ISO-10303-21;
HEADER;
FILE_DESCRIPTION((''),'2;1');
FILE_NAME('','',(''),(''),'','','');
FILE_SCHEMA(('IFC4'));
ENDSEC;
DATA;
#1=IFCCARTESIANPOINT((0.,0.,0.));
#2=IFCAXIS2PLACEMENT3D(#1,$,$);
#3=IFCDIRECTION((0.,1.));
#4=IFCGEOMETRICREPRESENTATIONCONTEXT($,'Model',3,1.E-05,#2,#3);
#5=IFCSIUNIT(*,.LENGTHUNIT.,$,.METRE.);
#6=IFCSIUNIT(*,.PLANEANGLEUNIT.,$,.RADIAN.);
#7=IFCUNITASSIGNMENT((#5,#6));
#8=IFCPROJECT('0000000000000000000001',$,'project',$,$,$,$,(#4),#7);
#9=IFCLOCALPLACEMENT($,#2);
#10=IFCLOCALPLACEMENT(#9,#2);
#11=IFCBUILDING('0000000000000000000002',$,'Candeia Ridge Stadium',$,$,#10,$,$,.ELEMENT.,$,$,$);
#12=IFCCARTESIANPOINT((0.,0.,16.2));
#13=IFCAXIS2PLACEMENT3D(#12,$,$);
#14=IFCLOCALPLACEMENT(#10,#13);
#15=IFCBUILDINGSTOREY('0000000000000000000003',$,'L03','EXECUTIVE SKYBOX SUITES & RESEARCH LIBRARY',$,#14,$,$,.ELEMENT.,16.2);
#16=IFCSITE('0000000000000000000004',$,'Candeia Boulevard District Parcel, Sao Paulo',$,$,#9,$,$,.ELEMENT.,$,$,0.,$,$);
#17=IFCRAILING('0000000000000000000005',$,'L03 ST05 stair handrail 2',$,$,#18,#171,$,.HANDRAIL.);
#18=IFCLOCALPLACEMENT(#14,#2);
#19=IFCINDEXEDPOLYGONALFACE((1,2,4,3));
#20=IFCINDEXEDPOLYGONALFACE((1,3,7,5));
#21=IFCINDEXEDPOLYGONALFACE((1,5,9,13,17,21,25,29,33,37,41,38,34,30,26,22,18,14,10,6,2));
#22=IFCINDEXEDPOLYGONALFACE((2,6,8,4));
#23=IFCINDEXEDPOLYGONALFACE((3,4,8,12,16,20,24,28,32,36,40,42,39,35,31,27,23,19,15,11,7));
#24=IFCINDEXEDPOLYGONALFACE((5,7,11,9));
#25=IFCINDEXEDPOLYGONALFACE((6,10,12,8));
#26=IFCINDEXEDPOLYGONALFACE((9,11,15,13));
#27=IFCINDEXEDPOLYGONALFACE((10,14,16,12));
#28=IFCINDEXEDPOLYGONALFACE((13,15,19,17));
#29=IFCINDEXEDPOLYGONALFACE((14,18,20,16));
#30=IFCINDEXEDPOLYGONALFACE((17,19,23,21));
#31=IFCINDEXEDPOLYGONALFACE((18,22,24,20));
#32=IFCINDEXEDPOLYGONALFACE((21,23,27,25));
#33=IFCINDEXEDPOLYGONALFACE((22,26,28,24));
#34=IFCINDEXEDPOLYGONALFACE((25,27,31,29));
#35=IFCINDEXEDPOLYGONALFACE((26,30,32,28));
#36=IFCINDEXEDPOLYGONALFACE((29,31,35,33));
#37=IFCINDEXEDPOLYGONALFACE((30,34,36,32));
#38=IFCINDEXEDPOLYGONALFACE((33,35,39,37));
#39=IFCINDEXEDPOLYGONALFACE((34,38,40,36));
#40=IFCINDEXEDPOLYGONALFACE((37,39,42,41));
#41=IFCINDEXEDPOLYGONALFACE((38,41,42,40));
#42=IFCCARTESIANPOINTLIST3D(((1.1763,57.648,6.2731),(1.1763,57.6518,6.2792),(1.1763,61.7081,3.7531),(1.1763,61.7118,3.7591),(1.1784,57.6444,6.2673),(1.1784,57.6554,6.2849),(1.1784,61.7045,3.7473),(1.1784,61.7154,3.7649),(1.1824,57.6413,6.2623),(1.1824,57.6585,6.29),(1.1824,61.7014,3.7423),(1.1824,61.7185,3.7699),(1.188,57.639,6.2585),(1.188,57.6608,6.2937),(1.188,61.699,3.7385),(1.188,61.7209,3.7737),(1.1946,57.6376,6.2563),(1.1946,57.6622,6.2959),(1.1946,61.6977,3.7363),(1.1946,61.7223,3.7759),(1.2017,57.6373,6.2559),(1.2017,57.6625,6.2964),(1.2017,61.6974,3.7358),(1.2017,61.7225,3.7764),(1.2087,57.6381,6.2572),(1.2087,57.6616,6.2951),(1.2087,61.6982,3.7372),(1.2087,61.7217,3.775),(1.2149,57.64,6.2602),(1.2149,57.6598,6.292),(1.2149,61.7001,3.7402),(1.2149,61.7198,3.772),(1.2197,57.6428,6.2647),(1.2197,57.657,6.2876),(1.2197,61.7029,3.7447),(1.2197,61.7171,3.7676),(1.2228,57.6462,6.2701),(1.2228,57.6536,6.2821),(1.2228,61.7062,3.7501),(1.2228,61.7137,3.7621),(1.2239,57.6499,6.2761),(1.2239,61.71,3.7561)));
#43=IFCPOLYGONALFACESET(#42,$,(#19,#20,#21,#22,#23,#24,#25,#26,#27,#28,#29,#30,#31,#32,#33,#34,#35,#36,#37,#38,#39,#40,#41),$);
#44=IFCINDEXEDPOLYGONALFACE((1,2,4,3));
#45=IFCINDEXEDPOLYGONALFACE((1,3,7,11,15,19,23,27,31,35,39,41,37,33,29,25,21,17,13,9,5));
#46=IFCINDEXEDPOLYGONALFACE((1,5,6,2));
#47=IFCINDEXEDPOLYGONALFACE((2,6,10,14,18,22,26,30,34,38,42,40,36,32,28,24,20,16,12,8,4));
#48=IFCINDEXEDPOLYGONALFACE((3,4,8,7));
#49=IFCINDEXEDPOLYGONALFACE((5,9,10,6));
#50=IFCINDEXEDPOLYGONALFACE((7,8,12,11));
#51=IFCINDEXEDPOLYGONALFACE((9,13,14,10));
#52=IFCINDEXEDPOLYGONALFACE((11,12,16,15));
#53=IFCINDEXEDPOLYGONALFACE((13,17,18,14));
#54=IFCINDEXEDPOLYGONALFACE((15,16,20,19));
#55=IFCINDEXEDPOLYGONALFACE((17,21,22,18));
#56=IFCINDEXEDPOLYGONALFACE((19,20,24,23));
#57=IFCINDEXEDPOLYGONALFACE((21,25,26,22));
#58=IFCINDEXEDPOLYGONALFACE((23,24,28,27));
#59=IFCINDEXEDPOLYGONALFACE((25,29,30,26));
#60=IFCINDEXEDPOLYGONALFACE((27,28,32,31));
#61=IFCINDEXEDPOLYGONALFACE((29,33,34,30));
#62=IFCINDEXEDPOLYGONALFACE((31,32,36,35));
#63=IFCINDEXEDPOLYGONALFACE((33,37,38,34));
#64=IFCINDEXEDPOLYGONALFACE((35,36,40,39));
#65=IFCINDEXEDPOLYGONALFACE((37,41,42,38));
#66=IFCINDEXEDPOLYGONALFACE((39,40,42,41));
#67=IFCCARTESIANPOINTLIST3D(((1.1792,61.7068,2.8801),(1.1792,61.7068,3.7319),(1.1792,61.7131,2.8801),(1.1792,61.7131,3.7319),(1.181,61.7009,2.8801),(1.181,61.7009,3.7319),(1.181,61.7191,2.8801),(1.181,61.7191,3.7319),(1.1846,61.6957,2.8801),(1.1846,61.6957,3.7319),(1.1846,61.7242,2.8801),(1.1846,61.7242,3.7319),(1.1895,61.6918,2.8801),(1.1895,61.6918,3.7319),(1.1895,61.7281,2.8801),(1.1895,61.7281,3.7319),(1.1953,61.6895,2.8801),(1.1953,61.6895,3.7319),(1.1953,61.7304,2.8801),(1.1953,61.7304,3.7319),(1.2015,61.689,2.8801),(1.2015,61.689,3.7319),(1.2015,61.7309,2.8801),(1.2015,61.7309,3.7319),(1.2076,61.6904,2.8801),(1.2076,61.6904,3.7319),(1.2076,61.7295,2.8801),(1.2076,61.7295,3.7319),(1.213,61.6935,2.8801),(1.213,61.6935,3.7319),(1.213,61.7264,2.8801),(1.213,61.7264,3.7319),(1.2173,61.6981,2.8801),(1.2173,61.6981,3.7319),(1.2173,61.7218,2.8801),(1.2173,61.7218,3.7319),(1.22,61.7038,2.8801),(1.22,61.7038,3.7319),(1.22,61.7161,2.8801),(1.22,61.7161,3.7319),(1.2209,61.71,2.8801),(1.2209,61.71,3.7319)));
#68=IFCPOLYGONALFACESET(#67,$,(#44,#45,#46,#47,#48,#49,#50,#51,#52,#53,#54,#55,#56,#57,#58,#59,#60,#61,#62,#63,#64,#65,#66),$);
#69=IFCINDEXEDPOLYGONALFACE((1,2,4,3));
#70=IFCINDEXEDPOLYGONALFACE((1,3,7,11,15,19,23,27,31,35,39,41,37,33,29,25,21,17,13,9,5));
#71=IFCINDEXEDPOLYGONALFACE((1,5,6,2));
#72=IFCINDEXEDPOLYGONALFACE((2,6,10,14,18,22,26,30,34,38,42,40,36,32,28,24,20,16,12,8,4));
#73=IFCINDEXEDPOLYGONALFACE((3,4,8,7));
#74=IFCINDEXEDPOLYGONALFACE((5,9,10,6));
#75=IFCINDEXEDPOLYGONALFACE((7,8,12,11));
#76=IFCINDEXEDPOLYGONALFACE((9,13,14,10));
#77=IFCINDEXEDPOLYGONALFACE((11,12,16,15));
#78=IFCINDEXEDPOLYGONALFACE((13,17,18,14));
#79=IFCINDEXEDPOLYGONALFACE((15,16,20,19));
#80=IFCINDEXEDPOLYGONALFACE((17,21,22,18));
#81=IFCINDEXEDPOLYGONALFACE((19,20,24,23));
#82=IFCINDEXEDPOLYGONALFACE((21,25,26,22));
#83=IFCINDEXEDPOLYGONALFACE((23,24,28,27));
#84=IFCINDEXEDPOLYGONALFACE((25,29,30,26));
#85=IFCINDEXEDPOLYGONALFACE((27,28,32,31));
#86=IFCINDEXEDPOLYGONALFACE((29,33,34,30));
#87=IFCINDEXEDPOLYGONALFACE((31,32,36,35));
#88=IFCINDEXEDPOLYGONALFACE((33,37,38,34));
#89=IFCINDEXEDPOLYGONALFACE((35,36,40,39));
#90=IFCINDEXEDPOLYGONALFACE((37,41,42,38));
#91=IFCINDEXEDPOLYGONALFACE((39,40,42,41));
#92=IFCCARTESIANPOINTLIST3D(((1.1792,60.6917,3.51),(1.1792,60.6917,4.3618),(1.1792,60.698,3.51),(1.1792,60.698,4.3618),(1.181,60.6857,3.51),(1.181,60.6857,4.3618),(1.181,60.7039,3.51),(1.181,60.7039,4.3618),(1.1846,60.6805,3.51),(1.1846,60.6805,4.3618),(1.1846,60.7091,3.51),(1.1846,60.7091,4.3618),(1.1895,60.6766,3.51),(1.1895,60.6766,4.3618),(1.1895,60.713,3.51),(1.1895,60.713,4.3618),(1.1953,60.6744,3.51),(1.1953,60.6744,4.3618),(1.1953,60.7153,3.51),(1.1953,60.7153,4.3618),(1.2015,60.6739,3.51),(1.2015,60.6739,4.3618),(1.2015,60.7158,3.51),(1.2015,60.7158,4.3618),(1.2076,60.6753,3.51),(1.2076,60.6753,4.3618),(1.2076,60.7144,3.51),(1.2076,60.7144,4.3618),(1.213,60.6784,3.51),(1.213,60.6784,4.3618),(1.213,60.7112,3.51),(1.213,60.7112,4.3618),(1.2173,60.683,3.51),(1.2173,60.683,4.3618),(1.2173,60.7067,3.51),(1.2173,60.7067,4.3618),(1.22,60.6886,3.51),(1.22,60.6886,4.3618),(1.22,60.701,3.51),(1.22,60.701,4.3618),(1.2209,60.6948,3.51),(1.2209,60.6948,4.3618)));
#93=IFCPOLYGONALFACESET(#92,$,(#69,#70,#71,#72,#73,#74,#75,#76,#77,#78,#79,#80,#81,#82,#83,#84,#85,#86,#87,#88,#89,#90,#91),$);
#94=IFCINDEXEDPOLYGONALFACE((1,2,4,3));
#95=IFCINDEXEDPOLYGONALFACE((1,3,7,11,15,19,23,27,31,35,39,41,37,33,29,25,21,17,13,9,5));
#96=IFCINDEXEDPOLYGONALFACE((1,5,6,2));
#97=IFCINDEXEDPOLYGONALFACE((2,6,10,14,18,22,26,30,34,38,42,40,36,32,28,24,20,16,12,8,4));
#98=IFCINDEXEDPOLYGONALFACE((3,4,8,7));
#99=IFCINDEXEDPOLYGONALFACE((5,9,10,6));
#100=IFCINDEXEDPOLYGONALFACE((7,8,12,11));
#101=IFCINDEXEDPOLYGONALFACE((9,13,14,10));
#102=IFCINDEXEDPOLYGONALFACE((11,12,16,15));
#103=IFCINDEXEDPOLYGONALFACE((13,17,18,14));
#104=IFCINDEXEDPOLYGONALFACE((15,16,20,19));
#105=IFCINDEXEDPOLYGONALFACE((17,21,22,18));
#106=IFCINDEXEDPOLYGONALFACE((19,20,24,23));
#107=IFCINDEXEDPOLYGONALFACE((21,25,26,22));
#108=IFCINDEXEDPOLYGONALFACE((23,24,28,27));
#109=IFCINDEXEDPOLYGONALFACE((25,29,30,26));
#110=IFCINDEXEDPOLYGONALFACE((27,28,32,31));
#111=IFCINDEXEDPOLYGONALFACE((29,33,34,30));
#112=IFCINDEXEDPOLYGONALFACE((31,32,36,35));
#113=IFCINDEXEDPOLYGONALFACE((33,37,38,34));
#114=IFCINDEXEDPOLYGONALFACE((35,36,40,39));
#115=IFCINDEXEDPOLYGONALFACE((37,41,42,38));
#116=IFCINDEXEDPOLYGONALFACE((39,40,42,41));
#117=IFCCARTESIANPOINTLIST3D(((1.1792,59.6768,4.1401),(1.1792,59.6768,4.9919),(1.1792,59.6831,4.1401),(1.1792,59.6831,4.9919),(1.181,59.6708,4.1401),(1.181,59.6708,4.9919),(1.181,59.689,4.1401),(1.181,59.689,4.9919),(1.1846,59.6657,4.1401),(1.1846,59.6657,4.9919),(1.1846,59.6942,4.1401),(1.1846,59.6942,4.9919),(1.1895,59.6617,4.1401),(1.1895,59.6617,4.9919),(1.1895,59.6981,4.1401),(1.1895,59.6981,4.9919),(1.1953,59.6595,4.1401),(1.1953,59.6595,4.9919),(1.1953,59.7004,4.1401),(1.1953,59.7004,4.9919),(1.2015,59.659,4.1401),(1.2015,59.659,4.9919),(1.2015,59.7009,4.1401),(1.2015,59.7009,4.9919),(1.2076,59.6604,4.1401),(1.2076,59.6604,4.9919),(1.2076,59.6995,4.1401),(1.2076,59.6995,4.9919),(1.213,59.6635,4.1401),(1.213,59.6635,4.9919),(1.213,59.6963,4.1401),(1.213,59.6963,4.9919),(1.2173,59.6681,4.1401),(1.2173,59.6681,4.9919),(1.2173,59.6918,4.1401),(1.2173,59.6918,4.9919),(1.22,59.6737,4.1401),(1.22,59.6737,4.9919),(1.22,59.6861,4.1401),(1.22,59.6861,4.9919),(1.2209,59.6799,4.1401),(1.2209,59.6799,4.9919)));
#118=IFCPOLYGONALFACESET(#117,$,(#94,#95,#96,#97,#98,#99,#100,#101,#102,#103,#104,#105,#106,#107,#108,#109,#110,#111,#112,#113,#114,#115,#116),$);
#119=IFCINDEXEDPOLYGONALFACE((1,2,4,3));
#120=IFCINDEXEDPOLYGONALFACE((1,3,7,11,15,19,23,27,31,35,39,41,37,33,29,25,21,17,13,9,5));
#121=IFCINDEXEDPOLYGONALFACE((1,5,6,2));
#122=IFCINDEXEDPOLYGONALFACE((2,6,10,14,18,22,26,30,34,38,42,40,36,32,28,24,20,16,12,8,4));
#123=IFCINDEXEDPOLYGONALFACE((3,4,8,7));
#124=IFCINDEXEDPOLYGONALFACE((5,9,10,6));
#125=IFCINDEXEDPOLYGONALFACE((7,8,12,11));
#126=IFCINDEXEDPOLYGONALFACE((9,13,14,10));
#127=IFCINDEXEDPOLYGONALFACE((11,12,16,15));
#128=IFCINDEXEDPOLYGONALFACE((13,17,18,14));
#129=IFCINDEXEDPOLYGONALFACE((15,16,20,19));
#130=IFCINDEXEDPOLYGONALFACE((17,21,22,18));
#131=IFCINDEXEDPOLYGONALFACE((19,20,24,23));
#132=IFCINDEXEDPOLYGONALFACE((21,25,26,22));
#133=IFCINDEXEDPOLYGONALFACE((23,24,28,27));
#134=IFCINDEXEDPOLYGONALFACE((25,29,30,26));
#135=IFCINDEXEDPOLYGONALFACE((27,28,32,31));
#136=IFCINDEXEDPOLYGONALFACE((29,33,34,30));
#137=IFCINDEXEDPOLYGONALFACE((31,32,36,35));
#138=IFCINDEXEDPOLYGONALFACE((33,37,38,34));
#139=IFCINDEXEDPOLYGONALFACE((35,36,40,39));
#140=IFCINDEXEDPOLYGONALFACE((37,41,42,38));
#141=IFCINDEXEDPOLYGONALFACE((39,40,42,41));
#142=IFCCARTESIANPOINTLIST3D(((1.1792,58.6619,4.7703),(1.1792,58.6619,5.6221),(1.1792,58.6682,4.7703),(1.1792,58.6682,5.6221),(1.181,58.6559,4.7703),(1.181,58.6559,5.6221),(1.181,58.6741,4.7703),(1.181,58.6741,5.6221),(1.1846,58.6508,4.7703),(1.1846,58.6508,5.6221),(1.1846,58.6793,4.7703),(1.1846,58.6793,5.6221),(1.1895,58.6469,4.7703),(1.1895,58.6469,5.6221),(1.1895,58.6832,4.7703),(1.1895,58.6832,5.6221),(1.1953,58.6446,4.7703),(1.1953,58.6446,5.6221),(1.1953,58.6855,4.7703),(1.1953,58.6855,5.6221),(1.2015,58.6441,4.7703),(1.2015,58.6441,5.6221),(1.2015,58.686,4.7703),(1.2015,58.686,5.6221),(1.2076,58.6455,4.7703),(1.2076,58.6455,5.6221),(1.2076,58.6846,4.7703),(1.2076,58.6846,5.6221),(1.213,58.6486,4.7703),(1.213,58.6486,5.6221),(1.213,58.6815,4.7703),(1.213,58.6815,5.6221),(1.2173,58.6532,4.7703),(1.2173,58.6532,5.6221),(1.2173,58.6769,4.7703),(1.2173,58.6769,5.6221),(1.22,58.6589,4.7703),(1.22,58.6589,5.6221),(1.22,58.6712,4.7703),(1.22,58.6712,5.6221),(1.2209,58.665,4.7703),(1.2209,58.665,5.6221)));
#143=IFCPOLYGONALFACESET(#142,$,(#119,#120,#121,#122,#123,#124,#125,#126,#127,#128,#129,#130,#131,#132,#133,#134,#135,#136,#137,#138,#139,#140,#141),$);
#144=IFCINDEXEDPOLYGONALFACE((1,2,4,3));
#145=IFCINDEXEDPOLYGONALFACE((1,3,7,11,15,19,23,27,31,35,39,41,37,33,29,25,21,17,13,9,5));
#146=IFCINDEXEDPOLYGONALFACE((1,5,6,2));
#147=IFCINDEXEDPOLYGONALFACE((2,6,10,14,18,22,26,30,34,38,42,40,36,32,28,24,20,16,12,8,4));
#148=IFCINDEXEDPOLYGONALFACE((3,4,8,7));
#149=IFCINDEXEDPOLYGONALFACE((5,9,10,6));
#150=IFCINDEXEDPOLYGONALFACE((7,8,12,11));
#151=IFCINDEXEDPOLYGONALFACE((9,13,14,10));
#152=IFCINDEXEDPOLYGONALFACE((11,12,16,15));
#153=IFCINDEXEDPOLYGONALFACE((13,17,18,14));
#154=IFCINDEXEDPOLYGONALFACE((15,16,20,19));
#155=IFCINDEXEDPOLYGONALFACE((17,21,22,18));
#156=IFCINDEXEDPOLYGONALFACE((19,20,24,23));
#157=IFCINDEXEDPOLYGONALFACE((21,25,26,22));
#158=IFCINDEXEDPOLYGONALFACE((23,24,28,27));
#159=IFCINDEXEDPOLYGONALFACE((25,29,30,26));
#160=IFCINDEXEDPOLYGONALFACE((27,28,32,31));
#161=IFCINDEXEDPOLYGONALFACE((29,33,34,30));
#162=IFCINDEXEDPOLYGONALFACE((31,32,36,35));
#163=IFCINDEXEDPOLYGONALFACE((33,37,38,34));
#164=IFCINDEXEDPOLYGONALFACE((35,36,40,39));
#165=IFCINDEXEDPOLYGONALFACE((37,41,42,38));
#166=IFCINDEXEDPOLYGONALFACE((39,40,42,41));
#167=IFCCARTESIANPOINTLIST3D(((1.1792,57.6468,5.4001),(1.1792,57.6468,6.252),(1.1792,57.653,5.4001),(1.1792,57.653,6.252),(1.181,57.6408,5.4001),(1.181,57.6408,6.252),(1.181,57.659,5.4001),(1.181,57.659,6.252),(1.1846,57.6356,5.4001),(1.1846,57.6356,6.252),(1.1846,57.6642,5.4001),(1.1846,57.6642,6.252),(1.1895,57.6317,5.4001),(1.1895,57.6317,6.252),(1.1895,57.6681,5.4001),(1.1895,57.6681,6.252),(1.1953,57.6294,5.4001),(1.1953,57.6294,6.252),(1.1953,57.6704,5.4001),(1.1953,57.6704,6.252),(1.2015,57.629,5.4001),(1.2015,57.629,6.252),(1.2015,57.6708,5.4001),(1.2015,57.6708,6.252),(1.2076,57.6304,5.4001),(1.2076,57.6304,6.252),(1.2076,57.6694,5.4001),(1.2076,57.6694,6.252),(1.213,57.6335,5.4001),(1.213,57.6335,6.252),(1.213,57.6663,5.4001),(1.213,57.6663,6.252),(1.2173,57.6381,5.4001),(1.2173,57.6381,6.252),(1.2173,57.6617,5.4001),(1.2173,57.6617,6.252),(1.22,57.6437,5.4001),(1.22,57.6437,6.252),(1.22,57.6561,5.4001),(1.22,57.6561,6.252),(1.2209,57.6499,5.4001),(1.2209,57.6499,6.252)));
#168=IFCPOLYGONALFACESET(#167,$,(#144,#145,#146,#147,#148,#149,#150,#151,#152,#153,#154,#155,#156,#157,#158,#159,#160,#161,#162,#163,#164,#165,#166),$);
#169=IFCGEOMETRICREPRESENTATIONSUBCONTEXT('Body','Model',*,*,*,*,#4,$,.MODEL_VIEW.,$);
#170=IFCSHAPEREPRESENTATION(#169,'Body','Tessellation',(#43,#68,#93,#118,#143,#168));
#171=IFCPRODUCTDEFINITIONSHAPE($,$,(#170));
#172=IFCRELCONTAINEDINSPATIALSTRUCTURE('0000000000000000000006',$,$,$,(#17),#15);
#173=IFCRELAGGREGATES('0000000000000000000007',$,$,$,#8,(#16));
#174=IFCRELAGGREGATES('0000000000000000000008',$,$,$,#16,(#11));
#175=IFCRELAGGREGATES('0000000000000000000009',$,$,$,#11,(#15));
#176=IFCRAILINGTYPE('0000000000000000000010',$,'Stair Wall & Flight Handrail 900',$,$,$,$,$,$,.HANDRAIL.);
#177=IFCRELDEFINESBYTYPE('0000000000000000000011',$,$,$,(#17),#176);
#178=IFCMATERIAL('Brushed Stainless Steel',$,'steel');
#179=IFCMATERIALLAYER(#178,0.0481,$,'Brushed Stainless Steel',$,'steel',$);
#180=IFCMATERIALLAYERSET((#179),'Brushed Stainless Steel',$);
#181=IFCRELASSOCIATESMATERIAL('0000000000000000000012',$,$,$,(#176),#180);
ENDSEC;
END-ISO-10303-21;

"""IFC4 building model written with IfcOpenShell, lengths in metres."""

from ifc_helpers import new_model, si_unit, direction, frame, origin, origin_2d, place, context, subcontext, project, spatial, circle, extrude, material, layer, layer_set, type_object, element, save


model = new_model("IFC4")

# Units and contexts
model_context = context("Model", 3, precision=1e-05, world=origin(), true_north=direction((0.0, 1.0)))
body_context = subcontext(model_context, "Body", "Model", "MODEL_VIEW")
ifc_project = project(units=[si_unit("LENGTHUNIT", "METRE"), si_unit("PLANEANGLEUNIT", "RADIAN")], contexts=[model_context])

# Site, building, storey
site_placement = place(None, origin())
site = spatial("IfcSite", under=ifc_project, at=site_placement, Name="Candeia Boulevard District Parcel, Sao Paulo", CompositionType="ELEMENT", RefElevation=0.0)
building_placement = place(site_placement, origin())
building = spatial("IfcBuilding", under=site, at=building_placement, Name="Candeia Ridge Stadium", CompositionType="ELEMENT")
storey_placement = place(building_placement, frame((0.0, 0.0, 16.2)))
storey = spatial("IfcBuildingStorey", under=building, at=storey_placement, Name="L03", Description="EXECUTIVE SKYBOX SUITES & RESEARCH LIBRARY", CompositionType="ELEMENT", Elevation=16.2)

# Railing
ifc_material_1 = material(Name="Brushed Stainless Steel", Category="steel")
ifc_layer_1 = layer(ifc_material_1, 0.0481, Name="Brushed Stainless Steel", Category="steel")
ifc_layer_set_1 = layer_set([ifc_layer_1], Name="Brushed Stainless Steel")
railing_type = type_object("IfcRailingType", Name="Stair Wall & Flight Handrail 900", PredefinedType="HANDRAIL", material=ifc_layer_set_1)
railing_placement = place(storey_placement, frame((1.2, 61.71, 2.8801)))
element("IfcRailing", 1, at=railing_placement, inside=storey, type_object=railing_type, Name="L03 ST05 stair handrail 2", PredefinedType="HANDRAIL", context=body_context, shape_type="SweptSolid", body=[
    extrude(circle(Radius=0.0239, at=origin_2d()), frame((0.0, 0.0, 0.876), z_axis=(0.0, -0.849642, 0.52736), x_axis=(1.0, 0.0, 0.0)), (0.0, 0.0, 1.0), 4.7786),
    extrude(circle(Radius=0.021, at=origin_2d()), origin(), (0.0, 0.0, 1.0), 0.8518),
    extrude(circle(Radius=0.021, at=origin_2d()), frame((0.0, -1.0151, 0.6299)), (0.0, 0.0, 1.0), 0.8518),
    extrude(circle(Radius=0.021, at=origin_2d()), frame((0.0, -2.03, 1.26)), (0.0, 0.0, 1.0), 0.8518),
    extrude(circle(Radius=0.021, at=origin_2d()), frame((0.0, -3.0449, 1.8901)), (0.0, 0.0, 1.0), 0.8518),
    extrude(circle(Radius=0.021, at=origin_2d()), frame((0.0, -4.0601, 2.52)), (0.0, 0.0, 1.0), 0.8518),
])

save(model, "model.ifc")
